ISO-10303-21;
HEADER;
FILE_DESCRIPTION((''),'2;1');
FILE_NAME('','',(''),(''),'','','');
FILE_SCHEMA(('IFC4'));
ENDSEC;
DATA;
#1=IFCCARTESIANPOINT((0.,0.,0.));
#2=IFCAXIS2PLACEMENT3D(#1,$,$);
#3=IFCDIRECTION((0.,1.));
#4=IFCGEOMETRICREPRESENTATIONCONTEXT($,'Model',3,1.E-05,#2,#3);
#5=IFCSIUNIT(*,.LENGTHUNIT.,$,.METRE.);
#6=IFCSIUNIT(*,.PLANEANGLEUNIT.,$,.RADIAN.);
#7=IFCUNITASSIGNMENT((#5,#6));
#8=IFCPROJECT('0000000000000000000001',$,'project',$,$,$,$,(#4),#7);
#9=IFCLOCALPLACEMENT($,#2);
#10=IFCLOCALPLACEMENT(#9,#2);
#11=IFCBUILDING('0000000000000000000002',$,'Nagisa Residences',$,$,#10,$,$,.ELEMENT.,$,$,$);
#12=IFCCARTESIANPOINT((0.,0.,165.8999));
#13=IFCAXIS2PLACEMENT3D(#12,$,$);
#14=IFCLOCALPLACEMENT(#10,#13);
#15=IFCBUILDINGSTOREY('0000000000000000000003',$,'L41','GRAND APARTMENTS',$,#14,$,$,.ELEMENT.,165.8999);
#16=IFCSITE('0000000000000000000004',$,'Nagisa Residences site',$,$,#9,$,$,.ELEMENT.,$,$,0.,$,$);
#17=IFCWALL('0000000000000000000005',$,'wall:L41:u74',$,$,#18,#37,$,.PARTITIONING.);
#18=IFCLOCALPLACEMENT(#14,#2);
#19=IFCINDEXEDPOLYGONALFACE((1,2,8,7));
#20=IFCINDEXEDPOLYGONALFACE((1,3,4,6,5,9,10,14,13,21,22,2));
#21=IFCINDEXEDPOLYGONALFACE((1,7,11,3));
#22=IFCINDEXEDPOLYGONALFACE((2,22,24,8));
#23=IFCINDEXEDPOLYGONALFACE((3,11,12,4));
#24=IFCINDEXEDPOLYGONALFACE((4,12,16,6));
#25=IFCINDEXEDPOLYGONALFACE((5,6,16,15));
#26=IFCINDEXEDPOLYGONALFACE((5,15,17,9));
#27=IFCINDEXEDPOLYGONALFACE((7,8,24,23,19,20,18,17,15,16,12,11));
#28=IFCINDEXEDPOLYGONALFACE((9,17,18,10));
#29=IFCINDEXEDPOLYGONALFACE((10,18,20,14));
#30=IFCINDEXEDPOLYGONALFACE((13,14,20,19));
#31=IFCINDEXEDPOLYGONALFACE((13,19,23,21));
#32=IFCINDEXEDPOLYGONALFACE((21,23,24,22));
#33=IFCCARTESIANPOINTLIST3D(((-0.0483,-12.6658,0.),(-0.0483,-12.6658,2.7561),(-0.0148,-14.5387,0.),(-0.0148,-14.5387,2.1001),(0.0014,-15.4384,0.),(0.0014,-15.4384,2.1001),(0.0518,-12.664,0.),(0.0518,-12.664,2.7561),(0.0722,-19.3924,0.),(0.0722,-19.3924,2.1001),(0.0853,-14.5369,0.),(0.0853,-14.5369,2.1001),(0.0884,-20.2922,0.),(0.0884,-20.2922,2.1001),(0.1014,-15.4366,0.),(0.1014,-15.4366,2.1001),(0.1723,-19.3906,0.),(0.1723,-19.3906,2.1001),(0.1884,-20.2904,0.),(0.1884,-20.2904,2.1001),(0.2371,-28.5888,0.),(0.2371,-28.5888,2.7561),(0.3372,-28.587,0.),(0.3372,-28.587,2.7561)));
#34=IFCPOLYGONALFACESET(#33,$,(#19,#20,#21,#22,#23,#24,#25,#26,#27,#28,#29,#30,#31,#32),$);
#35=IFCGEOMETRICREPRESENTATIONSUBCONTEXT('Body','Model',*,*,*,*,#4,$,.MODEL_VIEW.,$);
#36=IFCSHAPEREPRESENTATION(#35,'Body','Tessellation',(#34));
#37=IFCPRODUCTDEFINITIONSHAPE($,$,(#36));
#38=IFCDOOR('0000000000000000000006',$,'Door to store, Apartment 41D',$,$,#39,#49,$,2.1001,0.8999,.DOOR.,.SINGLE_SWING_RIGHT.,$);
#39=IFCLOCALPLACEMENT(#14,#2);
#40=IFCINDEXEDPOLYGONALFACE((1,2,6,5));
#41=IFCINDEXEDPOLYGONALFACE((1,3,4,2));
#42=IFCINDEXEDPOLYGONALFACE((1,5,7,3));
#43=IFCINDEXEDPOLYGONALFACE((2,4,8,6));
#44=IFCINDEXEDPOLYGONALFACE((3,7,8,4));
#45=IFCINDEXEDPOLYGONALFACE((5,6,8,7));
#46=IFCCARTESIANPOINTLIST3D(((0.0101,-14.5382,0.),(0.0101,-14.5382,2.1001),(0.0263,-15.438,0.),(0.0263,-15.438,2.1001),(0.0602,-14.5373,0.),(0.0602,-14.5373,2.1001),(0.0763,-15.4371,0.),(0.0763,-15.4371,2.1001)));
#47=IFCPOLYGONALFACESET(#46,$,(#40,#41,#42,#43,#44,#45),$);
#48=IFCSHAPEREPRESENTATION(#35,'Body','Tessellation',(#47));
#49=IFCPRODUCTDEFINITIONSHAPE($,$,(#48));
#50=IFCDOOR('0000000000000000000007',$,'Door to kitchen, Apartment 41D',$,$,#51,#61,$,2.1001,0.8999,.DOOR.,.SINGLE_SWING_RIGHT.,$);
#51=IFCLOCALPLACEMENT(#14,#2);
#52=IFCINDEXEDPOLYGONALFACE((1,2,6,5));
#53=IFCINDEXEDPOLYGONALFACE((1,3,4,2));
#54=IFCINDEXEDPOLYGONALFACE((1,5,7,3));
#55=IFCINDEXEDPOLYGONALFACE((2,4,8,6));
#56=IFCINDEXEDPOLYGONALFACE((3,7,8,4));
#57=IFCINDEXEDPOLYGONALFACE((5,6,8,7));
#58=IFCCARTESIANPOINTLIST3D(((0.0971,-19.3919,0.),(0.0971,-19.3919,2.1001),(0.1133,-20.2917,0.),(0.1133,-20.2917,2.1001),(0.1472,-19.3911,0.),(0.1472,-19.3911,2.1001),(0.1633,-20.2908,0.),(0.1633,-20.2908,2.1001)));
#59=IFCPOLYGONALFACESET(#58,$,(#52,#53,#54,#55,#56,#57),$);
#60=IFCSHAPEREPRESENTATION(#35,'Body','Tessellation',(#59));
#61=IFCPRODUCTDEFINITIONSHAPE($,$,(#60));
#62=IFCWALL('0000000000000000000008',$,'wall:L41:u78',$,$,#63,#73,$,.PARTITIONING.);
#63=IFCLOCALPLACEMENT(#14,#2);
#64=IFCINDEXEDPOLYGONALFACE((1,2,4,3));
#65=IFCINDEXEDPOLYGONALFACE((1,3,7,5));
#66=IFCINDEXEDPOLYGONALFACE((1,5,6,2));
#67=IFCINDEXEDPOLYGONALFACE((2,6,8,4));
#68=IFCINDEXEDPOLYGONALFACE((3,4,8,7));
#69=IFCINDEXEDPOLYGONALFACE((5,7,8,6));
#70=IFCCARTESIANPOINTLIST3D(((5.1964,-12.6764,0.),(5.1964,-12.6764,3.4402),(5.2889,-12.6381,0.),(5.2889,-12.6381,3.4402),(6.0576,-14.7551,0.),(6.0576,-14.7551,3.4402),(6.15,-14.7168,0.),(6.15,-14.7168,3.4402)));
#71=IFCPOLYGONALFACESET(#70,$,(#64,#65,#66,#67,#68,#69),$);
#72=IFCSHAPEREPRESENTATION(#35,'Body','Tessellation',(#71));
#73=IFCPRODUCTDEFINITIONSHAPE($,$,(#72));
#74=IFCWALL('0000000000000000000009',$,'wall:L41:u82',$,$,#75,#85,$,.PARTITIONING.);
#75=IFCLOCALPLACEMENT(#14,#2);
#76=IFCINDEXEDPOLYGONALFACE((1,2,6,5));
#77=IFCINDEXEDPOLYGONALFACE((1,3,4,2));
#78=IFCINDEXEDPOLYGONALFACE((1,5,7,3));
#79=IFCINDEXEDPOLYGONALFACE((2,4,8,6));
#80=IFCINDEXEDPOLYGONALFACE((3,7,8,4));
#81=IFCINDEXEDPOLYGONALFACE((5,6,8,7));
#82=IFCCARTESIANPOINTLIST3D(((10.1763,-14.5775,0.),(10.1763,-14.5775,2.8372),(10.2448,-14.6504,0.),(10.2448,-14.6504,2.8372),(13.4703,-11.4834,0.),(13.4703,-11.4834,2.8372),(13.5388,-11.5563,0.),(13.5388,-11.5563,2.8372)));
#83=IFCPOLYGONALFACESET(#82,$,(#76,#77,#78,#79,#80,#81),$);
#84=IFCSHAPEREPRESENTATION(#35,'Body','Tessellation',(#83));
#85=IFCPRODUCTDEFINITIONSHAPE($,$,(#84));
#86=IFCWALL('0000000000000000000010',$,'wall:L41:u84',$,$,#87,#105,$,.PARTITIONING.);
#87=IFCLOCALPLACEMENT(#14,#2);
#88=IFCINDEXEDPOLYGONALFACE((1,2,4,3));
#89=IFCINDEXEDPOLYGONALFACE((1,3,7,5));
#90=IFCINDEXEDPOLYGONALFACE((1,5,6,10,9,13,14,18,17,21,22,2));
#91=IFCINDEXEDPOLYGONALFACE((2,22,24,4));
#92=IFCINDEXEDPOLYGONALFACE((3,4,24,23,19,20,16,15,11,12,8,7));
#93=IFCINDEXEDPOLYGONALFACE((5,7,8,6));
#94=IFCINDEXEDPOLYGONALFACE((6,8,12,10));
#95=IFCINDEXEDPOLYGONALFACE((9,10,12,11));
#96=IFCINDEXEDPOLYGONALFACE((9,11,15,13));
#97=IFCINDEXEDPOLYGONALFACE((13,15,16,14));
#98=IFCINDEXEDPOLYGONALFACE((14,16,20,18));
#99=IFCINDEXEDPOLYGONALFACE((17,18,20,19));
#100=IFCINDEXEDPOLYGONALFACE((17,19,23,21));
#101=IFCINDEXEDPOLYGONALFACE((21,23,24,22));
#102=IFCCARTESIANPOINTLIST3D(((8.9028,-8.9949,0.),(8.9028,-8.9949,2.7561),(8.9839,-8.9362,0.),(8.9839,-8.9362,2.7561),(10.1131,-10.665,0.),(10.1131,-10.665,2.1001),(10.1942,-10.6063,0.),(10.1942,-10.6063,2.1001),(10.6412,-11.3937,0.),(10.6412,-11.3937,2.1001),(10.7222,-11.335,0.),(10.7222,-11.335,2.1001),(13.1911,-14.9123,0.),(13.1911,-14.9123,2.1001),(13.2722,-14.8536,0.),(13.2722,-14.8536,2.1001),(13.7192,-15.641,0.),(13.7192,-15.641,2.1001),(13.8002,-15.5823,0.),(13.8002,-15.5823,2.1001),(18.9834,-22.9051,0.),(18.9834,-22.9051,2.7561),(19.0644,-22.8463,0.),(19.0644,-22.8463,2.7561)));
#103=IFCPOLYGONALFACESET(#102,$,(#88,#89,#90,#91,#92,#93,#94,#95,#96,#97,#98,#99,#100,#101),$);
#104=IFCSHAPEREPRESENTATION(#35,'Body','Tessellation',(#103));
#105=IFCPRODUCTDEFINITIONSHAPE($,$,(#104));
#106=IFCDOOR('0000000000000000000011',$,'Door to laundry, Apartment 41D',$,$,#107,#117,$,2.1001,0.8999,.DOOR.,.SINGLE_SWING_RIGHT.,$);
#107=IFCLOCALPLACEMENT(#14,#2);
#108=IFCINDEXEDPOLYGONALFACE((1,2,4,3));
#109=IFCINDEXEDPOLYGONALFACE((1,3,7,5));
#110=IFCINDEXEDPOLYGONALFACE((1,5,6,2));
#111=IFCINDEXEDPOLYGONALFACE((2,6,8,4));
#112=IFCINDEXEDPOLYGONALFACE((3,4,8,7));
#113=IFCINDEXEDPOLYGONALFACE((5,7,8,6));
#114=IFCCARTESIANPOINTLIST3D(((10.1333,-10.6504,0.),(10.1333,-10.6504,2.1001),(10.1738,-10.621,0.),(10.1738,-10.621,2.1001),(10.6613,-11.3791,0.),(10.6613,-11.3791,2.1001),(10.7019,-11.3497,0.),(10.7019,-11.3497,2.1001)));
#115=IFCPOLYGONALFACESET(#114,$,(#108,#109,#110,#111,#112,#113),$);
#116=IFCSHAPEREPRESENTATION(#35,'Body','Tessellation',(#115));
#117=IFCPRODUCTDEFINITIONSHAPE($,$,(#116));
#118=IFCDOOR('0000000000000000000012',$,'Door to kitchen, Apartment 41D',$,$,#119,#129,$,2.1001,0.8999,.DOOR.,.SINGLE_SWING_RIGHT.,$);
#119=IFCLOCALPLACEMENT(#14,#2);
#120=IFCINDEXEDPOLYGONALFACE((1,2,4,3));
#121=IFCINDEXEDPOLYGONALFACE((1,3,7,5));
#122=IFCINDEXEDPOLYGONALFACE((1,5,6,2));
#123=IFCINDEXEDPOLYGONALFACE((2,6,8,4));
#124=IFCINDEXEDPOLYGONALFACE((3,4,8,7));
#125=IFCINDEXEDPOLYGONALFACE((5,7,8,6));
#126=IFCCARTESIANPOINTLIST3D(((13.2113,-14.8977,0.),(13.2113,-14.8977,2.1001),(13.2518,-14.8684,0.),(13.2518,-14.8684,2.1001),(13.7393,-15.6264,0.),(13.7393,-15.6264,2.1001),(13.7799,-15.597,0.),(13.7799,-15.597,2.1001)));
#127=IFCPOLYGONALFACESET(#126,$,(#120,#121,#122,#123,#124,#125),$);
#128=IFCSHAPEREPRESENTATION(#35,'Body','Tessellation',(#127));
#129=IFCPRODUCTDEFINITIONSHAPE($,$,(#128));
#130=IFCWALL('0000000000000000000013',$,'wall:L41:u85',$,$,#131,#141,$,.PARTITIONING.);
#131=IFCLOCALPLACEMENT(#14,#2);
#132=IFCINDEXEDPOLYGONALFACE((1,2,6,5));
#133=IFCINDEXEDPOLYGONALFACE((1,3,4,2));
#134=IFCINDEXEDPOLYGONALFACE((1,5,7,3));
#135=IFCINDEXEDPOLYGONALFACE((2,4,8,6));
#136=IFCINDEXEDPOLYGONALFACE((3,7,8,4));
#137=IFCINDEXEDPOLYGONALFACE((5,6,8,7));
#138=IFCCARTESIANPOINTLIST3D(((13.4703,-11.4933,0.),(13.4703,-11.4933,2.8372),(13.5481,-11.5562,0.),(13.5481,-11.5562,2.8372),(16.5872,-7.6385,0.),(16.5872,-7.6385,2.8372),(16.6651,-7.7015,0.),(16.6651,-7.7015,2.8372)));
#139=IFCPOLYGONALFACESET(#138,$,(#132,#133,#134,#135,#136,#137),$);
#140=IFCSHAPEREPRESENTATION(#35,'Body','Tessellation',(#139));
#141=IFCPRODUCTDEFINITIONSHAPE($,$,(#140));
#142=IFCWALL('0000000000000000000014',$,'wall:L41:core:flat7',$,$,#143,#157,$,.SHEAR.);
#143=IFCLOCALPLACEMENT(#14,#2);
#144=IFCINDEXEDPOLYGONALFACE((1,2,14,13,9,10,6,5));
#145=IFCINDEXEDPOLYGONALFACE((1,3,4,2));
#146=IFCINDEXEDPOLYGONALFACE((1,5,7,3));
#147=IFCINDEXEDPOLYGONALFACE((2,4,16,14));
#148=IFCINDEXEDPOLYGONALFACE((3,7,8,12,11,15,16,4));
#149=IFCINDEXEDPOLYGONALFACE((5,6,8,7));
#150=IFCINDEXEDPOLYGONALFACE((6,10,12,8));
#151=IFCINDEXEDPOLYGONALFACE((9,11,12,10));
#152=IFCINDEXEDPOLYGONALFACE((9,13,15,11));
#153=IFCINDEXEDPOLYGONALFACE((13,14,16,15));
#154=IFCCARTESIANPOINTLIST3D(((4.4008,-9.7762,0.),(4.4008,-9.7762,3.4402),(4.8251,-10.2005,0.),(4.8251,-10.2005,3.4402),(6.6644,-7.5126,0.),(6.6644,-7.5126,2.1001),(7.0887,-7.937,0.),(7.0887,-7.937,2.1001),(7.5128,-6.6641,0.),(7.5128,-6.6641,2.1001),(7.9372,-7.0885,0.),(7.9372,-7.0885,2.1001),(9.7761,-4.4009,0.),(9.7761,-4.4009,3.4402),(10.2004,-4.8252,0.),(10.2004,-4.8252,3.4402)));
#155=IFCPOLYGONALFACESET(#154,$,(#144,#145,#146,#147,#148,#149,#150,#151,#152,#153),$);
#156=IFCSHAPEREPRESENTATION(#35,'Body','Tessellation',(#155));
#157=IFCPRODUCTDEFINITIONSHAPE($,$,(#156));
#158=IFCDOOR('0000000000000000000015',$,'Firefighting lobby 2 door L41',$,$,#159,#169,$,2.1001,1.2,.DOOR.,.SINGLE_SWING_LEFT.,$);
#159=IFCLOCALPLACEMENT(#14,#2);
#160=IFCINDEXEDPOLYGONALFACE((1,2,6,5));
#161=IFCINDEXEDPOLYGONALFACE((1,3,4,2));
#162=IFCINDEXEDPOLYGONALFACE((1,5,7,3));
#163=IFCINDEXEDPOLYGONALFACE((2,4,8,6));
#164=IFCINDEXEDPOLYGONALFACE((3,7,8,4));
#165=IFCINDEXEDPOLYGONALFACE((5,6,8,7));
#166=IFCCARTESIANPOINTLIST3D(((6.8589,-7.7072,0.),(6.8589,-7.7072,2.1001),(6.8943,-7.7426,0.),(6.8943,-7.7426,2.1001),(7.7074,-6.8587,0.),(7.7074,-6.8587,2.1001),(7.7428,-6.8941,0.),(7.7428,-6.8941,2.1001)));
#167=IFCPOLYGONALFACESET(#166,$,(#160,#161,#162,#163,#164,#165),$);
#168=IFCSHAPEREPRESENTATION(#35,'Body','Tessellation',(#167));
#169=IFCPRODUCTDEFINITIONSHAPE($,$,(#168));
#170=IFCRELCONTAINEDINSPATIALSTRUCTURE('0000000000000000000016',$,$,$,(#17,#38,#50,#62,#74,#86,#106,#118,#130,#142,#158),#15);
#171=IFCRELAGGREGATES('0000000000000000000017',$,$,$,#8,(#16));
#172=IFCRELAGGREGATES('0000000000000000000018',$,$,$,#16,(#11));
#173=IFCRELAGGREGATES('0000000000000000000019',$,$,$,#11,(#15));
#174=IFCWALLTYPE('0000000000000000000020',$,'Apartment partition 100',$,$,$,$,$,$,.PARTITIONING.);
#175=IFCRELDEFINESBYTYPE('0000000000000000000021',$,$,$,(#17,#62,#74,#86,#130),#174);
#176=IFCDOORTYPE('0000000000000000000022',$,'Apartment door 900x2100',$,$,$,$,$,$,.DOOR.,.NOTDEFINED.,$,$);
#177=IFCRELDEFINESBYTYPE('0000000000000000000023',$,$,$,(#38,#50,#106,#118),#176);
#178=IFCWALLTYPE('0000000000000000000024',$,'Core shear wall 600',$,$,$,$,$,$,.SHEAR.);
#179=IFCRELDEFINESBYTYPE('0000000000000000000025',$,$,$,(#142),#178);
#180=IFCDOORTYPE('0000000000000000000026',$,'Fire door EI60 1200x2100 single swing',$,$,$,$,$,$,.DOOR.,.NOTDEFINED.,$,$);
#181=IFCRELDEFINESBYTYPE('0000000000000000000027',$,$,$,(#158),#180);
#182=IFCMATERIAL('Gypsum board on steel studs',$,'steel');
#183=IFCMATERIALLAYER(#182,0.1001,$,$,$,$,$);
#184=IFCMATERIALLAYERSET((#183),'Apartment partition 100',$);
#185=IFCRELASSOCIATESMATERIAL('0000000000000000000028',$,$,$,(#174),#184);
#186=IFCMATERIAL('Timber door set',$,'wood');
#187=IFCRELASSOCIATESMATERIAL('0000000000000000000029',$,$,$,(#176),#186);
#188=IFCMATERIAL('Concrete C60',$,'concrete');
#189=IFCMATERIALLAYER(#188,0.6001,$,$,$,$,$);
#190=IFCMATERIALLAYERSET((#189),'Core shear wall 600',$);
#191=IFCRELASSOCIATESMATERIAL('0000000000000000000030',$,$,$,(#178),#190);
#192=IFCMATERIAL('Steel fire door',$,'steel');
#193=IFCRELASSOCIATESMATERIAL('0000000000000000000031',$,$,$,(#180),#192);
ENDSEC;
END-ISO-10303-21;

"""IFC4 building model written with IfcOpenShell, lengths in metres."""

from ifc_helpers import new_model, si_unit, direction, frame, frame_2d, origin, place, context, subcontext, project, spatial, rectangle, extrude, material, layer, layer_set, type_object, element, fill, save


model = new_model("IFC4")

# Units and contexts
model_context = context("Model", 3, precision=1e-05, world=origin(), true_north=direction((0.0, 1.0)))
body_context = subcontext(model_context, "Body", "Model", "MODEL_VIEW")
ifc_project = project(units=[si_unit("LENGTHUNIT", "METRE"), si_unit("PLANEANGLEUNIT", "RADIAN")], contexts=[model_context])

# Site, building, storey
site_placement = place(None, origin())
site = spatial("IfcSite", under=ifc_project, at=site_placement, Name="Nagisa Residences site", CompositionType="ELEMENT", RefElevation=0.0)
building_placement = place(site_placement, origin())
building = spatial("IfcBuilding", under=site, at=building_placement, Name="Nagisa Residences", CompositionType="ELEMENT")
storey_placement = place(building_placement, frame((0.0, 0.0, 165.8999)))
storey = spatial("IfcBuildingStorey", under=building, at=storey_placement, Name="L41", Description="GRAND APARTMENTS", CompositionType="ELEMENT", Elevation=165.8999)

# Wall, openings, doors
ifc_material_1 = material(Name="Gypsum board on steel studs", Category="steel")
ifc_layer_1 = layer(ifc_material_1, 0.1001)
ifc_layer_set_1 = layer_set([ifc_layer_1], Name="Apartment partition 100")
wall_type_1 = type_object("IfcWallType", Name="Apartment partition 100", PredefinedType="PARTITIONING", material=ifc_layer_set_1)
wall_1_placement = place(storey_placement, frame((0.0017, -12.6648, 0.0), z_axis=(0.0, 0.0, 1.0), x_axis=(0.017921, -0.999839, 0.0)))
wall_1 = element("IfcWall", 1, at=wall_1_placement, inside=storey, type_object=wall_type_1, Name="wall:L41:u74", PredefinedType="PARTITIONING", context=body_context, shape_type="SweptSolid", body=[
    extrude(rectangle(XDim=15.9255, YDim=0.1001, at=frame_2d((7.9629, 0.0))), origin(), (0.0, 0.0, 1.0), 2.7561),
])
opening_1_placement = place(wall_1_placement, frame((1.8733, 0.0, 0.0)))
opening_1 = element("IfcOpeningElement", 2, at=opening_1_placement, cuts=wall_1, PredefinedType="OPENING", context=body_context, shape_type="SweptSolid", body=[
    extrude(rectangle(XDim=0.8999, YDim=2.1001, at=frame_2d((0.45, 1.05))), frame((0.0, 0.0601, 0.0), z_axis=(0.0, -1.0, 0.0), x_axis=(1.0, 0.0, 0.0)), (0.0, 0.0, 1.0), 0.1201),
])
opening_2_placement = place(wall_1_placement, frame((6.7278, 0.0, 0.0)))
opening_2 = element("IfcOpeningElement", 3, at=opening_2_placement, cuts=wall_1, PredefinedType="OPENING", context=body_context, shape_type="SweptSolid", body=[
    extrude(rectangle(XDim=0.8999, YDim=2.1001, at=frame_2d((0.45, 1.05))), frame((0.0, 0.0601, 0.0), z_axis=(0.0, -1.0, 0.0), x_axis=(1.0, 0.0, 0.0)), (0.0, 0.0, 1.0), 0.1201),
])
ifc_material_2 = material(Name="Timber door set", Category="wood")
door_type_1 = type_object("IfcDoorType", Name="Apartment door 900x2100", OperationType="NOTDEFINED", PredefinedType="DOOR", material=ifc_material_2)
door_1_placement = place(opening_1_placement, origin())
door_1 = element("IfcDoor", 4, at=door_1_placement, inside=storey, type_object=door_type_1, Name="Door to store, Apartment 41D", OperationType="SINGLE_SWING_RIGHT", OverallHeight=2.1001, OverallWidth=0.8999, PredefinedType="DOOR", context=body_context, shape_type="SweptSolid", body=[
    extrude(rectangle(XDim=0.8999, YDim=2.1001, at=frame_2d((0.45, 1.05))), frame((0.0, 0.0249, 0.0), z_axis=(0.0, -1.0, 0.0), x_axis=(1.0, 0.0, 0.0)), (0.0, 0.0, 1.0), 0.05),
])
fill(opening_1, door_1)
door_2_placement = place(opening_2_placement, origin())
door_2 = element("IfcDoor", 5, at=door_2_placement, inside=storey, type_object=door_type_1, Name="Door to kitchen, Apartment 41D", OperationType="SINGLE_SWING_RIGHT", OverallHeight=2.1001, OverallWidth=0.8999, PredefinedType="DOOR", context=body_context, shape_type="SweptSolid", body=[
    extrude(rectangle(XDim=0.8999, YDim=2.1001, at=frame_2d((0.45, 1.05))), frame((0.0, 0.0249, 0.0), z_axis=(0.0, -1.0, 0.0), x_axis=(1.0, 0.0, 0.0)), (0.0, 0.0, 1.0), 0.05),
])
fill(opening_2, door_2)

# Walls
wall_2_placement = place(storey_placement, frame((5.2427, -12.6572, 0.0), z_axis=(0.0, 0.0, 1.0), x_axis=(0.382719, -0.923865, 0.0)))
element("IfcWall", 6, at=wall_2_placement, inside=storey, type_object=wall_type_1, Name="wall:L41:u78", PredefinedType="PARTITIONING", context=body_context, shape_type="SweptSolid", body=[
    extrude(rectangle(XDim=2.25, YDim=0.1001, at=frame_2d((1.125, 0.0))), origin(), (0.0, 0.0, 1.0), 3.4402),
])
wall_3_placement = place(storey_placement, frame((10.2104, -14.614, 0.0), z_axis=(0.0, 0.0, 1.0), x_axis=(0.728883, 0.684638, 0.0)))
element("IfcWall", 7, at=wall_3_placement, inside=storey, type_object=wall_type_1, Name="wall:L41:u82", PredefinedType="PARTITIONING", context=body_context, shape_type="SweptSolid", body=[
    extrude(rectangle(XDim=4.5193, YDim=0.1001, at=frame_2d((2.2598, 0.0))), origin(), (0.0, 0.0, 1.0), 2.8372),
])

# Wall, openings, doors
wall_4_placement = place(storey_placement, frame((8.9434, -8.9656, 0.0), z_axis=(0.0, 0.0, 1.0), x_axis=(0.586804, -0.809729, 0.0)))
wall_4 = element("IfcWall", 8, at=wall_4_placement, inside=storey, type_object=wall_type_1, Name="wall:L41:u84", PredefinedType="PARTITIONING", context=body_context, shape_type="SweptSolid", body=[
    extrude(rectangle(XDim=17.1787, YDim=0.1001, at=frame_2d((8.5894, 0.0))), origin(), (0.0, 0.0, 1.0), 2.7561),
])
opening_3_placement = place(wall_4_placement, frame((2.0625, 0.0, 0.0)))
opening_3 = element("IfcOpeningElement", 9, at=opening_3_placement, cuts=wall_4, PredefinedType="OPENING", context=body_context, shape_type="SweptSolid", body=[
    extrude(rectangle(XDim=0.8999, YDim=2.1001, at=frame_2d((0.45, 1.05))), frame((0.0, 0.0601, 0.0), z_axis=(0.0, -1.0, 0.0), x_axis=(1.0, 0.0, 0.0)), (0.0, 0.0, 1.0), 0.1201),
])
opening_4_placement = place(wall_4_placement, frame((7.3079, 0.0, 0.0)))
opening_4 = element("IfcOpeningElement", 10, at=opening_4_placement, cuts=wall_4, PredefinedType="OPENING", context=body_context, shape_type="SweptSolid", body=[
    extrude(rectangle(XDim=0.8999, YDim=2.1001, at=frame_2d((0.45, 1.05))), frame((0.0, 0.0601, 0.0), z_axis=(0.0, -1.0, 0.0), x_axis=(1.0, 0.0, 0.0)), (0.0, 0.0, 1.0), 0.1201),
])
door_3_placement = place(opening_3_placement, origin())
door_3 = element("IfcDoor", 11, at=door_3_placement, inside=storey, type_object=door_type_1, Name="Door to laundry, Apartment 41D", OperationType="SINGLE_SWING_RIGHT", OverallHeight=2.1001, OverallWidth=0.8999, PredefinedType="DOOR", context=body_context, shape_type="SweptSolid", body=[
    extrude(rectangle(XDim=0.8999, YDim=2.1001, at=frame_2d((0.45, 1.05))), frame((0.0, 0.0249, 0.0), z_axis=(0.0, -1.0, 0.0), x_axis=(1.0, 0.0, 0.0)), (0.0, 0.0, 1.0), 0.05),
])
fill(opening_3, door_3)
door_4_placement = place(opening_4_placement, origin())
door_4 = element("IfcDoor", 12, at=door_4_placement, inside=storey, type_object=door_type_1, Name="Door to kitchen, Apartment 41D", OperationType="SINGLE_SWING_RIGHT", OverallHeight=2.1001, OverallWidth=0.8999, PredefinedType="DOOR", context=body_context, shape_type="SweptSolid", body=[
    extrude(rectangle(XDim=0.8999, YDim=2.1001, at=frame_2d((0.45, 1.05))), frame((0.0, 0.0249, 0.0), z_axis=(0.0, -1.0, 0.0), x_axis=(1.0, 0.0, 0.0)), (0.0, 0.0, 1.0), 0.05),
])
fill(opening_4, door_4)

# Wall
wall_5_placement = place(storey_placement, frame((13.5093, -11.5247, 0.0), z_axis=(0.0, 0.0, 1.0), x_axis=(0.628765, 0.777596, 0.0)))
element("IfcWall", 13, at=wall_5_placement, inside=storey, type_object=wall_type_1, Name="wall:L41:u85", PredefinedType="PARTITIONING", context=body_context, shape_type="SweptSolid", body=[
    extrude(rectangle(XDim=4.9573, YDim=0.1001, at=frame_2d((2.4785, 0.0))), origin(), (0.0, 0.0, 1.0), 2.8372),
])

# Wall, opening, door
ifc_material_3 = material(Name="Concrete C60", Category="concrete")
ifc_layer_2 = layer(ifc_material_3, 0.6001)
ifc_layer_set_2 = layer_set([ifc_layer_2], Name="Core shear wall 600")
wall_type_2 = type_object("IfcWallType", Name="Core shear wall 600", PredefinedType="SHEAR", material=ifc_layer_set_2)
wall_6_placement = place(storey_placement, frame((4.613, -9.9883, 0.0), z_axis=(0.0, 0.0, 1.0), x_axis=(0.707107, 0.707107, 0.0)))
wall_6 = element("IfcWall", 14, at=wall_6_placement, inside=storey, type_object=wall_type_2, Name="wall:L41:core:flat7", PredefinedType="SHEAR", context=body_context, shape_type="SweptSolid", body=[
    extrude(rectangle(XDim=7.6018, YDim=0.6001, at=frame_2d((3.8008, 0.0))), origin(), (0.0, 0.0, 1.0), 3.4402),
])
opening_5_placement = place(wall_6_placement, frame((3.2009, 0.0, 0.0)))
opening_5 = element("IfcOpeningElement", 15, at=opening_5_placement, cuts=wall_6, PredefinedType="OPENING", context=body_context, shape_type="SweptSolid", body=[
    extrude(rectangle(XDim=1.2, YDim=2.1001, at=frame_2d((0.6001, 1.05))), frame((0.0, 0.3101, 0.0), z_axis=(0.0, -1.0, 0.0), x_axis=(1.0, 0.0, 0.0)), (0.0, 0.0, 1.0), 0.6201),
])
ifc_material_4 = material(Name="Steel fire door", Category="steel")
door_type_2 = type_object("IfcDoorType", Name="Fire door EI60 1200x2100 single swing", OperationType="NOTDEFINED", PredefinedType="DOOR", material=ifc_material_4)
door_5_placement = place(opening_5_placement, origin())
door_5 = element("IfcDoor", 16, at=door_5_placement, inside=storey, type_object=door_type_2, Name="Firefighting lobby 2 door L41", OperationType="SINGLE_SWING_LEFT", OverallHeight=2.1001, OverallWidth=1.2, PredefinedType="DOOR", context=body_context, shape_type="SweptSolid", body=[
    extrude(rectangle(XDim=1.2, YDim=2.1001, at=frame_2d((0.6001, 1.05))), frame((0.0, 0.0249, 0.0), z_axis=(0.0, -1.0, 0.0), x_axis=(1.0, 0.0, 0.0)), (0.0, 0.0, 1.0), 0.05),
])
fill(opening_5, door_5)

save(model, "model.ifc")
